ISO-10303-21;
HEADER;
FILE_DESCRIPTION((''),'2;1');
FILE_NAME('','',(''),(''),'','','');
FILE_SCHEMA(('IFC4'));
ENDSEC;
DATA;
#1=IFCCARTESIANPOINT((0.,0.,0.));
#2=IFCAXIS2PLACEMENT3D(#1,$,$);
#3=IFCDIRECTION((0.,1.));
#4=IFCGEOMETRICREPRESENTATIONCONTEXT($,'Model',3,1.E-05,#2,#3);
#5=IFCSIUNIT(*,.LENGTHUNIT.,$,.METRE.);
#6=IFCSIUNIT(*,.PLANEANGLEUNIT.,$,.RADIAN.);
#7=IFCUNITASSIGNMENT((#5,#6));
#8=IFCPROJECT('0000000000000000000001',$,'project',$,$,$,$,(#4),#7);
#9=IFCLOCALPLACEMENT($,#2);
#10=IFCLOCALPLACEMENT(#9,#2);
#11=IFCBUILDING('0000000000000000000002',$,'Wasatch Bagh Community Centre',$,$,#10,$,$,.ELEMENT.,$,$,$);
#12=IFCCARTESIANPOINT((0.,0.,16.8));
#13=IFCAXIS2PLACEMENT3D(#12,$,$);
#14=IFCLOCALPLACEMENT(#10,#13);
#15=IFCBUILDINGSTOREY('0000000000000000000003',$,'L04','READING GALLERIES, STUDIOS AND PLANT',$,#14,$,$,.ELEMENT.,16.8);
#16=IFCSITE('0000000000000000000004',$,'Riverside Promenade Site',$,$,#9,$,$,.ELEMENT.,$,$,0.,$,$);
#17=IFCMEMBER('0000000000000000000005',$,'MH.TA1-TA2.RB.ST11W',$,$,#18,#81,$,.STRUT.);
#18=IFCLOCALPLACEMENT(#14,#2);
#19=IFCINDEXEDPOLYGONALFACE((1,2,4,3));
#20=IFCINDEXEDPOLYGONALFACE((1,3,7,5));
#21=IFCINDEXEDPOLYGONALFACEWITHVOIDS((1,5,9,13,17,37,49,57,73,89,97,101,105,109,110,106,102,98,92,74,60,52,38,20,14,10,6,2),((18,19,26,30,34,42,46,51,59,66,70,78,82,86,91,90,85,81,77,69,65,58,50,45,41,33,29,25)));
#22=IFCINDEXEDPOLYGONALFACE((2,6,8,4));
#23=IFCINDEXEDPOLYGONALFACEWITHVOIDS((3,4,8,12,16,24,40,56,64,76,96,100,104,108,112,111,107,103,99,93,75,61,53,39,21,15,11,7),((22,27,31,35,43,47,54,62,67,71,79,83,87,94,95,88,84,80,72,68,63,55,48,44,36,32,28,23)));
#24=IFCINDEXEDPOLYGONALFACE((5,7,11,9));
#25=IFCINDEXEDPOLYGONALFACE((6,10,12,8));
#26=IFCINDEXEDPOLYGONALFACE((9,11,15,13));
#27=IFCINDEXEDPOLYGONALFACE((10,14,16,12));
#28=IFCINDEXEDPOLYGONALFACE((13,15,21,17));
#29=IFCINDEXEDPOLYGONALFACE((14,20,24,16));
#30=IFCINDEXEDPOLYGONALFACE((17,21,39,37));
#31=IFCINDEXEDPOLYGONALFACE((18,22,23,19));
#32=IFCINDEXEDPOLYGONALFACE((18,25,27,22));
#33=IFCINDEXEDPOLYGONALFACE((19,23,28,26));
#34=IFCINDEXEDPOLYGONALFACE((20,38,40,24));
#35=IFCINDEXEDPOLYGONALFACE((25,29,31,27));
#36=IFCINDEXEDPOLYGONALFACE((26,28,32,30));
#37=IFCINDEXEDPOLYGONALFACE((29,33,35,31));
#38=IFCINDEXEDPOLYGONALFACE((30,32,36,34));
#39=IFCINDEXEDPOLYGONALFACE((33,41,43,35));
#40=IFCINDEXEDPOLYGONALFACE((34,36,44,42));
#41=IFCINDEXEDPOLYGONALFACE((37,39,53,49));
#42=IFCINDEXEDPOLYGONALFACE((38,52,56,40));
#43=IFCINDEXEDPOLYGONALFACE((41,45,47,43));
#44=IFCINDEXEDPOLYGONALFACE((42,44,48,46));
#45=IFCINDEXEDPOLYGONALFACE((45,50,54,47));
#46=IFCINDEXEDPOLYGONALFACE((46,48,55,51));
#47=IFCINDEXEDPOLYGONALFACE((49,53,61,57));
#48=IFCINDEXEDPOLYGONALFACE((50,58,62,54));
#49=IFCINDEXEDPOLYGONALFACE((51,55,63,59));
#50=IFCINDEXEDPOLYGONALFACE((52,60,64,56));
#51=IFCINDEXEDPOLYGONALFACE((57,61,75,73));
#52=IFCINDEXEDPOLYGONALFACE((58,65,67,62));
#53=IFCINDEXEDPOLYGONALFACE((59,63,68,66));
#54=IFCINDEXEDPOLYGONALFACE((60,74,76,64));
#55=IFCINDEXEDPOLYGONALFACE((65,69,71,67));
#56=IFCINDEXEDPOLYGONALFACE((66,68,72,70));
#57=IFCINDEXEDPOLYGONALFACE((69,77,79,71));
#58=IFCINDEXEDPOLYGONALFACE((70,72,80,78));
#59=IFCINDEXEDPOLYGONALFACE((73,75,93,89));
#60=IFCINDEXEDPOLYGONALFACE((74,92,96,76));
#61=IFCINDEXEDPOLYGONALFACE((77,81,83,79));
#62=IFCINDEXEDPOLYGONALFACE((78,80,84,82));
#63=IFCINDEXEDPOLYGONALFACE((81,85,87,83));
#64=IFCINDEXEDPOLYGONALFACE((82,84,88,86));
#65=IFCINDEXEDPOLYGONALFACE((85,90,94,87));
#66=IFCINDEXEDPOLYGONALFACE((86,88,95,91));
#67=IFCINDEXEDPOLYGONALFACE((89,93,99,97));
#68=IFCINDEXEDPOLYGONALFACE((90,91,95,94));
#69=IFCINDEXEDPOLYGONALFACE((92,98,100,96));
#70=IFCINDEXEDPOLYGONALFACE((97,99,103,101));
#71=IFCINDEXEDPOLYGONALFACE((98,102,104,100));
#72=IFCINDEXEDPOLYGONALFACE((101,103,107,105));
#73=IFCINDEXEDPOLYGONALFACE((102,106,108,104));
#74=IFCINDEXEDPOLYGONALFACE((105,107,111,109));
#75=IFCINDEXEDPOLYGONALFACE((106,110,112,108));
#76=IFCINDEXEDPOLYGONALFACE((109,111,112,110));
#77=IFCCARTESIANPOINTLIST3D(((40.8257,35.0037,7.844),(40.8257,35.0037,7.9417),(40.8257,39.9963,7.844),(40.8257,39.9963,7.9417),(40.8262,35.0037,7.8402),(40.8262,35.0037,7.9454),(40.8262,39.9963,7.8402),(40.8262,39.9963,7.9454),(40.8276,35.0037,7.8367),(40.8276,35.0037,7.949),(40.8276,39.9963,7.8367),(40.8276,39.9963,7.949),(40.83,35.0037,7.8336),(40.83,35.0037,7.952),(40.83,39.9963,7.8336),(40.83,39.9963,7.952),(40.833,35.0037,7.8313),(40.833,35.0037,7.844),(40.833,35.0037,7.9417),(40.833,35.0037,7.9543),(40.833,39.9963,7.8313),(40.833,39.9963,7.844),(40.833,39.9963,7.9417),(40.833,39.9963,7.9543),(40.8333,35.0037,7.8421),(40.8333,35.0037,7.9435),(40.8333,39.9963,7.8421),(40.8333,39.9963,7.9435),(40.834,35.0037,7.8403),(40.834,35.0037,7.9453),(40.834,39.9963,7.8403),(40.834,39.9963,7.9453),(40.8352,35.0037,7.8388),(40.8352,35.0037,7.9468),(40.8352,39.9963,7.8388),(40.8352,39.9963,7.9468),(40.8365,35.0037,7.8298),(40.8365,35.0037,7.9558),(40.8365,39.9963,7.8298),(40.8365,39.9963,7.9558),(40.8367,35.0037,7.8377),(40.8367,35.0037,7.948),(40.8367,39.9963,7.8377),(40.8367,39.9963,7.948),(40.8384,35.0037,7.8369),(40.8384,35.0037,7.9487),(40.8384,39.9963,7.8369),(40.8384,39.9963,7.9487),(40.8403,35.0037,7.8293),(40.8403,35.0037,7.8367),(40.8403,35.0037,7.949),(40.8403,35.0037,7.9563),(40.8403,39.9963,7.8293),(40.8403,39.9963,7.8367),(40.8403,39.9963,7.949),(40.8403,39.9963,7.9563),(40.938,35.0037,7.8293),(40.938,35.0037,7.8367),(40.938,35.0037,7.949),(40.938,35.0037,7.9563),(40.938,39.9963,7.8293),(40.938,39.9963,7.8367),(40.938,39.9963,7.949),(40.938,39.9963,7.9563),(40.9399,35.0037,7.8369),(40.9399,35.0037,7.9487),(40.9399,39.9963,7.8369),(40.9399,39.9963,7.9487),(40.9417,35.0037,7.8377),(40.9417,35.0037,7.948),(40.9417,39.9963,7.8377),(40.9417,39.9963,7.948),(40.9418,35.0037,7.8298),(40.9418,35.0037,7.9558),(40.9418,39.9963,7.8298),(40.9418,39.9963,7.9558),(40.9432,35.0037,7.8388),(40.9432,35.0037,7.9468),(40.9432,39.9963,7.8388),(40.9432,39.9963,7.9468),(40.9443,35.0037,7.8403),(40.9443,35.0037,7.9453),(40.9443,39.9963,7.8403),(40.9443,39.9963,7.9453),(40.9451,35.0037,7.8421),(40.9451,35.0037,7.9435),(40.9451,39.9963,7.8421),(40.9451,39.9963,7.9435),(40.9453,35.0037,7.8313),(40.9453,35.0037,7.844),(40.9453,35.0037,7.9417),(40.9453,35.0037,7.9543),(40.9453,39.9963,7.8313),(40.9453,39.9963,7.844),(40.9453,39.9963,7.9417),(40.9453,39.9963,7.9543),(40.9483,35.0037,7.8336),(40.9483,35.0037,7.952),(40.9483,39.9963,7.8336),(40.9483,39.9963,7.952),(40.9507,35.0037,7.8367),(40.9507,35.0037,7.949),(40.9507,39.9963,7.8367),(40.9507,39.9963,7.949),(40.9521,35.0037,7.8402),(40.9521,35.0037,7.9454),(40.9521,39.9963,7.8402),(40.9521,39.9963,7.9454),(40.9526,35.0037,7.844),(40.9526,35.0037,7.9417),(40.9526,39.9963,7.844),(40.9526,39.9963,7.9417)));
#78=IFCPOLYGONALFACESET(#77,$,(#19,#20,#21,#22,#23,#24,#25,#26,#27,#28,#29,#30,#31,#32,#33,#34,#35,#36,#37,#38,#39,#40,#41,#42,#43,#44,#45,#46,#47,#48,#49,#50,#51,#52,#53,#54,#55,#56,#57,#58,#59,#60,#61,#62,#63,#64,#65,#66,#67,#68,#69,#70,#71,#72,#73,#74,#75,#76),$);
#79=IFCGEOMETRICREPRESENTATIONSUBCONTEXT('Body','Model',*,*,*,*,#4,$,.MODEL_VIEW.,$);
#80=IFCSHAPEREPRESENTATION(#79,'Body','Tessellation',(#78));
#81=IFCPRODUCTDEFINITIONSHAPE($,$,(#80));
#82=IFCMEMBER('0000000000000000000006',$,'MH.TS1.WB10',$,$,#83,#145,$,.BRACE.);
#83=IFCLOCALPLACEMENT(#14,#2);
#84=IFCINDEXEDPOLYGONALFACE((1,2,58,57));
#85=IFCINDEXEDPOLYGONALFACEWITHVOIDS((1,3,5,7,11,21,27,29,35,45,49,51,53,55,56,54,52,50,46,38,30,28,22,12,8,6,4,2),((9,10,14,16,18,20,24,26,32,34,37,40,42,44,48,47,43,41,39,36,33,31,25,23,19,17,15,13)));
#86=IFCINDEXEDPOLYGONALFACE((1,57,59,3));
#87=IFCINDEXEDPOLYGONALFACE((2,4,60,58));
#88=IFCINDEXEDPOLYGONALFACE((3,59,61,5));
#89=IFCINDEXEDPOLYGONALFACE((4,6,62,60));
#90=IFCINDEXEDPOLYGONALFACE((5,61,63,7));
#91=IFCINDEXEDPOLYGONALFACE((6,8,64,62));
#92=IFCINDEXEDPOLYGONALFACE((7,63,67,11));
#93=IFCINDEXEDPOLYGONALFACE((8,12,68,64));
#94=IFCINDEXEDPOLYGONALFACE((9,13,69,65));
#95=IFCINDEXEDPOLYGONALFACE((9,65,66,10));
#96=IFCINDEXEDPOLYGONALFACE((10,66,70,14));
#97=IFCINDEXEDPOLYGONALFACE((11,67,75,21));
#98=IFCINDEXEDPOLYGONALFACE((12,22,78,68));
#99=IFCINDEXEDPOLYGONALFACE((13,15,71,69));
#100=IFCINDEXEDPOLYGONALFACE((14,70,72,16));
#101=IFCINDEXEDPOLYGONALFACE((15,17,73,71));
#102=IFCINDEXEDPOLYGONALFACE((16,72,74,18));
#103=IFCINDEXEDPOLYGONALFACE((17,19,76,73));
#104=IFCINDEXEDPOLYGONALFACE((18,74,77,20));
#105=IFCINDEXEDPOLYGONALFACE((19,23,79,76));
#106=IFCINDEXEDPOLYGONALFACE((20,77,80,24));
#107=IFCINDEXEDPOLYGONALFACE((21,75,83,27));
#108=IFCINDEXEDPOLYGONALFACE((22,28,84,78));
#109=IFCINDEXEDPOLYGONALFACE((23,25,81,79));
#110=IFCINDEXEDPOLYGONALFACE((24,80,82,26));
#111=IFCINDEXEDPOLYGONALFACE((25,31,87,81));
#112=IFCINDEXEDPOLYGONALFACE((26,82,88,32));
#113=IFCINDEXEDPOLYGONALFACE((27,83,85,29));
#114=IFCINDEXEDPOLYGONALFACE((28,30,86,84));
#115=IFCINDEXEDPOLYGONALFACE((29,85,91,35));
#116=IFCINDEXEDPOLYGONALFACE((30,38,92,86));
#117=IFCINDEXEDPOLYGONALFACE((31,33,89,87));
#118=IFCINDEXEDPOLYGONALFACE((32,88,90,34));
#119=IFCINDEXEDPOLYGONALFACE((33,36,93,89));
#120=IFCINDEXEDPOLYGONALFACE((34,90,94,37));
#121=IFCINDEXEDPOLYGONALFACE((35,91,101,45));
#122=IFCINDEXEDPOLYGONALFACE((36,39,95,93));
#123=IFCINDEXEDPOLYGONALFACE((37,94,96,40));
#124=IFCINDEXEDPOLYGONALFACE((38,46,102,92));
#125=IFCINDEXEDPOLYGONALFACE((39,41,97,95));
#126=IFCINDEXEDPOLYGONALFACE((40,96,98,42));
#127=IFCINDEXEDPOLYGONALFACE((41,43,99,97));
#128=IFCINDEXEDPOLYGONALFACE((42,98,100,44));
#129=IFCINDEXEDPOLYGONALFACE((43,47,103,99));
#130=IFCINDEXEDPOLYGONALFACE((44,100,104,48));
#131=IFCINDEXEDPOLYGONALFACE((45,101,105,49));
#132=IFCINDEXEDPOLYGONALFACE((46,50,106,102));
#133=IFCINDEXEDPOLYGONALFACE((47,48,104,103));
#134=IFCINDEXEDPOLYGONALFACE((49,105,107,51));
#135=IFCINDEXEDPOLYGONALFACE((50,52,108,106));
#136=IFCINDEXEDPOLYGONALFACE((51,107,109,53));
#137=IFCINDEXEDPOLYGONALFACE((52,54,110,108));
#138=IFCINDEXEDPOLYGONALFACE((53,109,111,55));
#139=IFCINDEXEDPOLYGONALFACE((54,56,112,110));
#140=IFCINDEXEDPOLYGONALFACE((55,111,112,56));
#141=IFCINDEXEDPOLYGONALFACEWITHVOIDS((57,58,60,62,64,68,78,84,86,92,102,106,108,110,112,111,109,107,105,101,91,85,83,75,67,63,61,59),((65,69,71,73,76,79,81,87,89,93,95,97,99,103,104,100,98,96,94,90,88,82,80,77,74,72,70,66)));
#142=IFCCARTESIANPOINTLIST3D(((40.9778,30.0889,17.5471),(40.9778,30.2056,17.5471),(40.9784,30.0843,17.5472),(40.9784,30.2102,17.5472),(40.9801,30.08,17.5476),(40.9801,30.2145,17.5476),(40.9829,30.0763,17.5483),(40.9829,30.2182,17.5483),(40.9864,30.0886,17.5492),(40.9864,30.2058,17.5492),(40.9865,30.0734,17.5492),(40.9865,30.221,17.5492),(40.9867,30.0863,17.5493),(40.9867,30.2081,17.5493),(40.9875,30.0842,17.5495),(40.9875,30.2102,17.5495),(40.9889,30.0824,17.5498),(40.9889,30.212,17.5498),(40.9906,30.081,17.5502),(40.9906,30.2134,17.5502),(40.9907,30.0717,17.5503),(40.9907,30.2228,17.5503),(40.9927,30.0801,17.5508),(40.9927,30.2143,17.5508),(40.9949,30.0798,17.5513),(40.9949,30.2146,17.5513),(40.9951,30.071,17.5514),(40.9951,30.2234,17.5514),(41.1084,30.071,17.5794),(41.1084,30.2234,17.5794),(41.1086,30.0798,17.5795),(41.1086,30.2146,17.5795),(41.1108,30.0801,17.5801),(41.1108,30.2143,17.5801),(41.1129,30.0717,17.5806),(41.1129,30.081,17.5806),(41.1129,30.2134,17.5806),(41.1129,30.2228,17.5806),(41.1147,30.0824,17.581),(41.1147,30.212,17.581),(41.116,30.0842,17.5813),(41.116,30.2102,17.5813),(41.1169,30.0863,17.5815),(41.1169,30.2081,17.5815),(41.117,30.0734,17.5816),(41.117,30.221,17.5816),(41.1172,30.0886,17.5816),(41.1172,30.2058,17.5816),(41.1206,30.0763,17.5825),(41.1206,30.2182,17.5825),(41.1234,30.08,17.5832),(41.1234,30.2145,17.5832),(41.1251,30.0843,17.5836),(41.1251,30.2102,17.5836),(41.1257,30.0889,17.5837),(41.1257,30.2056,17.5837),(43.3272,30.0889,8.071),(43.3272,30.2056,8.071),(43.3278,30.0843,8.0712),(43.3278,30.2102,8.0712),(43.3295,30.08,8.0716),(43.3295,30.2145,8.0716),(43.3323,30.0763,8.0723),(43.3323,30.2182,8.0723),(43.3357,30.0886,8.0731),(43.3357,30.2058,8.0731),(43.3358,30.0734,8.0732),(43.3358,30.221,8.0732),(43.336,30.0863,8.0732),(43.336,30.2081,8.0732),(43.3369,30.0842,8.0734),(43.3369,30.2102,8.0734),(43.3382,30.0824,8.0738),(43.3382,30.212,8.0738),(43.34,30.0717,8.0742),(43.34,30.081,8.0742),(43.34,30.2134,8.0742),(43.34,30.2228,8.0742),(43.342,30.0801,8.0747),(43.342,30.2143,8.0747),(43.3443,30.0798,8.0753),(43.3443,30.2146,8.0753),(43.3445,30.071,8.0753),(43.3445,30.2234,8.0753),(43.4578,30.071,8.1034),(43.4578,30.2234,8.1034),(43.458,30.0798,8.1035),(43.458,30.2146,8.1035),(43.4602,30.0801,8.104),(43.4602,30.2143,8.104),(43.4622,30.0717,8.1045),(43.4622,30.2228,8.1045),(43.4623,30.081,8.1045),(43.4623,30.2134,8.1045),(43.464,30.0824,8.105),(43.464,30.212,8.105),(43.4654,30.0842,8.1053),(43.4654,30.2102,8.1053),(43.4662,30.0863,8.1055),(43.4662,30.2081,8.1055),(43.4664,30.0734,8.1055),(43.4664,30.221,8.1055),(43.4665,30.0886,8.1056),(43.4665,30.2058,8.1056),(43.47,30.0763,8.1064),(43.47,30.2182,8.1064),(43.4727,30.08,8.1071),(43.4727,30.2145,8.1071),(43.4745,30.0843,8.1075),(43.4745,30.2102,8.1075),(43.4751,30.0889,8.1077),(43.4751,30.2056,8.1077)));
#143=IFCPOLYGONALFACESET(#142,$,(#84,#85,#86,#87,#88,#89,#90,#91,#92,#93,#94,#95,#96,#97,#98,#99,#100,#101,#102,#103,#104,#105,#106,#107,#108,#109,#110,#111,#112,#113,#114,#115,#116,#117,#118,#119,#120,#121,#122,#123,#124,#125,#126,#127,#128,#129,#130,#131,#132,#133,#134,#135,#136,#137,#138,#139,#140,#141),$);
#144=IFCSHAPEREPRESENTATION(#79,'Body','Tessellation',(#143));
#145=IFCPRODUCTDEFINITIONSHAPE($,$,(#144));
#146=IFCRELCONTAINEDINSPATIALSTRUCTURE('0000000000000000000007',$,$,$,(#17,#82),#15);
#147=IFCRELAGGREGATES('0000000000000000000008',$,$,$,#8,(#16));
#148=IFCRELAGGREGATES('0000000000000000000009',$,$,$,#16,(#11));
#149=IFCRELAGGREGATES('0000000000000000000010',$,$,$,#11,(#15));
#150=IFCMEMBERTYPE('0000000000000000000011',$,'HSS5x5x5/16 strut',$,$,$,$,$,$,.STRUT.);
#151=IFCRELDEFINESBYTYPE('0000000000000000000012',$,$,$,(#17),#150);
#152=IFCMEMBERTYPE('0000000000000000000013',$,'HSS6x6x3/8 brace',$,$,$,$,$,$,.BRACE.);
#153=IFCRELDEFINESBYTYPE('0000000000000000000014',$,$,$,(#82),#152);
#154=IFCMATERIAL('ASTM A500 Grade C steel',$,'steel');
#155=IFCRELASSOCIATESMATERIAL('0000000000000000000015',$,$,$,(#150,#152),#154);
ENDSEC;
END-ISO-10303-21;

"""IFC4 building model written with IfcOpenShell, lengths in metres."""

from ifc_helpers import new_model, si_unit, direction, frame, origin, origin_2d, place, context, subcontext, project, spatial, hollow_rectangle, extrude, material, material_profile, profile_set, type_object, element, save


model = new_model("IFC4")

# Units and contexts
model_context = context("Model", 3, precision=1e-05, world=origin(), true_north=direction((0.0, 1.0)))
body_context = subcontext(model_context, "Body", "Model", "MODEL_VIEW")
ifc_project = project(units=[si_unit("LENGTHUNIT", "METRE"), si_unit("PLANEANGLEUNIT", "RADIAN")], contexts=[model_context])

# Site, building, storey
site_placement = place(None, origin())
site = spatial("IfcSite", under=ifc_project, at=site_placement, Name="Riverside Promenade Site", CompositionType="ELEMENT", RefElevation=0.0)
building_placement = place(site_placement, origin())
building = spatial("IfcBuilding", under=site, at=building_placement, Name="Wasatch Bagh Community Centre", CompositionType="ELEMENT")
storey_placement = place(building_placement, frame((0.0, 0.0, 16.8)))
storey = spatial("IfcBuildingStorey", under=building, at=storey_placement, Name="L04", Description="READING GALLERIES, STUDIOS AND PLANT", CompositionType="ELEMENT", Elevation=16.8)

# Members
ifc_material_1 = material(Name="ASTM A500 Grade C steel", Category="steel")
ifc_material_profile_1 = material_profile(ifc_material_1, hollow_rectangle(XDim=0.127, YDim=0.127, WallThickness=0.0073, InnerFilletRadius=0.0073, OuterFilletRadius=0.0146, at=origin_2d()), Name="HSS5x5x5/16")
ifc_profile_set_1 = profile_set([ifc_material_profile_1], Name="ASTM A500 Grade C steel")
member_type_1 = type_object("IfcMemberType", Name="HSS5x5x5/16 strut", PredefinedType="STRUT", material=ifc_profile_set_1)
member_1_placement = place(storey_placement, frame((40.8892, 35.0037, 7.8928), z_axis=(0.0, 1.0, 0.0), x_axis=(-1.0, 0.0, 0.0)))
element("IfcMember", 1, at=member_1_placement, inside=storey, type_object=member_type_1, Name="MH.TA1-TA2.RB.ST11W", PredefinedType="STRUT", context=body_context, shape_type="SweptSolid", body=[
    extrude(hollow_rectangle(XDim=0.127, YDim=0.127, WallThickness=0.0073, InnerFilletRadius=0.0073, OuterFilletRadius=0.0146, at=origin_2d()), origin(), (0.0, 0.0, 1.0), 4.9927),
])
ifc_material_profile_2 = material_profile(ifc_material_1, hollow_rectangle(XDim=0.1523, YDim=0.1523, WallThickness=0.0088, InnerFilletRadius=0.0088, OuterFilletRadius=0.0178, at=origin_2d()), Name="HSS6x6x3/8")
ifc_profile_set_2 = profile_set([ifc_material_profile_2], Name="ASTM A500 Grade C steel")
member_type_2 = type_object("IfcMemberType", Name="HSS6x6x3/8 brace", PredefinedType="BRACE", material=ifc_profile_set_2)
member_2_placement = place(storey_placement, frame((43.4011, 30.1472, 8.0894), z_axis=(-0.240641, 0.0, 0.970614), x_axis=(0.0, -1.0, 0.0)))
element("IfcMember", 2, at=member_2_placement, inside=storey, type_object=member_type_2, Name="MH.TS1.WB10", PredefinedType="BRACE", context=body_context, shape_type="SweptSolid", body=[
    extrude(hollow_rectangle(XDim=0.1523, YDim=0.1523, WallThickness=0.0088, InnerFilletRadius=0.0088, OuterFilletRadius=0.0178, at=origin_2d()), origin(), (0.0, 0.0, 1.0), 9.7629),
])

save(model, "model.ifc")
